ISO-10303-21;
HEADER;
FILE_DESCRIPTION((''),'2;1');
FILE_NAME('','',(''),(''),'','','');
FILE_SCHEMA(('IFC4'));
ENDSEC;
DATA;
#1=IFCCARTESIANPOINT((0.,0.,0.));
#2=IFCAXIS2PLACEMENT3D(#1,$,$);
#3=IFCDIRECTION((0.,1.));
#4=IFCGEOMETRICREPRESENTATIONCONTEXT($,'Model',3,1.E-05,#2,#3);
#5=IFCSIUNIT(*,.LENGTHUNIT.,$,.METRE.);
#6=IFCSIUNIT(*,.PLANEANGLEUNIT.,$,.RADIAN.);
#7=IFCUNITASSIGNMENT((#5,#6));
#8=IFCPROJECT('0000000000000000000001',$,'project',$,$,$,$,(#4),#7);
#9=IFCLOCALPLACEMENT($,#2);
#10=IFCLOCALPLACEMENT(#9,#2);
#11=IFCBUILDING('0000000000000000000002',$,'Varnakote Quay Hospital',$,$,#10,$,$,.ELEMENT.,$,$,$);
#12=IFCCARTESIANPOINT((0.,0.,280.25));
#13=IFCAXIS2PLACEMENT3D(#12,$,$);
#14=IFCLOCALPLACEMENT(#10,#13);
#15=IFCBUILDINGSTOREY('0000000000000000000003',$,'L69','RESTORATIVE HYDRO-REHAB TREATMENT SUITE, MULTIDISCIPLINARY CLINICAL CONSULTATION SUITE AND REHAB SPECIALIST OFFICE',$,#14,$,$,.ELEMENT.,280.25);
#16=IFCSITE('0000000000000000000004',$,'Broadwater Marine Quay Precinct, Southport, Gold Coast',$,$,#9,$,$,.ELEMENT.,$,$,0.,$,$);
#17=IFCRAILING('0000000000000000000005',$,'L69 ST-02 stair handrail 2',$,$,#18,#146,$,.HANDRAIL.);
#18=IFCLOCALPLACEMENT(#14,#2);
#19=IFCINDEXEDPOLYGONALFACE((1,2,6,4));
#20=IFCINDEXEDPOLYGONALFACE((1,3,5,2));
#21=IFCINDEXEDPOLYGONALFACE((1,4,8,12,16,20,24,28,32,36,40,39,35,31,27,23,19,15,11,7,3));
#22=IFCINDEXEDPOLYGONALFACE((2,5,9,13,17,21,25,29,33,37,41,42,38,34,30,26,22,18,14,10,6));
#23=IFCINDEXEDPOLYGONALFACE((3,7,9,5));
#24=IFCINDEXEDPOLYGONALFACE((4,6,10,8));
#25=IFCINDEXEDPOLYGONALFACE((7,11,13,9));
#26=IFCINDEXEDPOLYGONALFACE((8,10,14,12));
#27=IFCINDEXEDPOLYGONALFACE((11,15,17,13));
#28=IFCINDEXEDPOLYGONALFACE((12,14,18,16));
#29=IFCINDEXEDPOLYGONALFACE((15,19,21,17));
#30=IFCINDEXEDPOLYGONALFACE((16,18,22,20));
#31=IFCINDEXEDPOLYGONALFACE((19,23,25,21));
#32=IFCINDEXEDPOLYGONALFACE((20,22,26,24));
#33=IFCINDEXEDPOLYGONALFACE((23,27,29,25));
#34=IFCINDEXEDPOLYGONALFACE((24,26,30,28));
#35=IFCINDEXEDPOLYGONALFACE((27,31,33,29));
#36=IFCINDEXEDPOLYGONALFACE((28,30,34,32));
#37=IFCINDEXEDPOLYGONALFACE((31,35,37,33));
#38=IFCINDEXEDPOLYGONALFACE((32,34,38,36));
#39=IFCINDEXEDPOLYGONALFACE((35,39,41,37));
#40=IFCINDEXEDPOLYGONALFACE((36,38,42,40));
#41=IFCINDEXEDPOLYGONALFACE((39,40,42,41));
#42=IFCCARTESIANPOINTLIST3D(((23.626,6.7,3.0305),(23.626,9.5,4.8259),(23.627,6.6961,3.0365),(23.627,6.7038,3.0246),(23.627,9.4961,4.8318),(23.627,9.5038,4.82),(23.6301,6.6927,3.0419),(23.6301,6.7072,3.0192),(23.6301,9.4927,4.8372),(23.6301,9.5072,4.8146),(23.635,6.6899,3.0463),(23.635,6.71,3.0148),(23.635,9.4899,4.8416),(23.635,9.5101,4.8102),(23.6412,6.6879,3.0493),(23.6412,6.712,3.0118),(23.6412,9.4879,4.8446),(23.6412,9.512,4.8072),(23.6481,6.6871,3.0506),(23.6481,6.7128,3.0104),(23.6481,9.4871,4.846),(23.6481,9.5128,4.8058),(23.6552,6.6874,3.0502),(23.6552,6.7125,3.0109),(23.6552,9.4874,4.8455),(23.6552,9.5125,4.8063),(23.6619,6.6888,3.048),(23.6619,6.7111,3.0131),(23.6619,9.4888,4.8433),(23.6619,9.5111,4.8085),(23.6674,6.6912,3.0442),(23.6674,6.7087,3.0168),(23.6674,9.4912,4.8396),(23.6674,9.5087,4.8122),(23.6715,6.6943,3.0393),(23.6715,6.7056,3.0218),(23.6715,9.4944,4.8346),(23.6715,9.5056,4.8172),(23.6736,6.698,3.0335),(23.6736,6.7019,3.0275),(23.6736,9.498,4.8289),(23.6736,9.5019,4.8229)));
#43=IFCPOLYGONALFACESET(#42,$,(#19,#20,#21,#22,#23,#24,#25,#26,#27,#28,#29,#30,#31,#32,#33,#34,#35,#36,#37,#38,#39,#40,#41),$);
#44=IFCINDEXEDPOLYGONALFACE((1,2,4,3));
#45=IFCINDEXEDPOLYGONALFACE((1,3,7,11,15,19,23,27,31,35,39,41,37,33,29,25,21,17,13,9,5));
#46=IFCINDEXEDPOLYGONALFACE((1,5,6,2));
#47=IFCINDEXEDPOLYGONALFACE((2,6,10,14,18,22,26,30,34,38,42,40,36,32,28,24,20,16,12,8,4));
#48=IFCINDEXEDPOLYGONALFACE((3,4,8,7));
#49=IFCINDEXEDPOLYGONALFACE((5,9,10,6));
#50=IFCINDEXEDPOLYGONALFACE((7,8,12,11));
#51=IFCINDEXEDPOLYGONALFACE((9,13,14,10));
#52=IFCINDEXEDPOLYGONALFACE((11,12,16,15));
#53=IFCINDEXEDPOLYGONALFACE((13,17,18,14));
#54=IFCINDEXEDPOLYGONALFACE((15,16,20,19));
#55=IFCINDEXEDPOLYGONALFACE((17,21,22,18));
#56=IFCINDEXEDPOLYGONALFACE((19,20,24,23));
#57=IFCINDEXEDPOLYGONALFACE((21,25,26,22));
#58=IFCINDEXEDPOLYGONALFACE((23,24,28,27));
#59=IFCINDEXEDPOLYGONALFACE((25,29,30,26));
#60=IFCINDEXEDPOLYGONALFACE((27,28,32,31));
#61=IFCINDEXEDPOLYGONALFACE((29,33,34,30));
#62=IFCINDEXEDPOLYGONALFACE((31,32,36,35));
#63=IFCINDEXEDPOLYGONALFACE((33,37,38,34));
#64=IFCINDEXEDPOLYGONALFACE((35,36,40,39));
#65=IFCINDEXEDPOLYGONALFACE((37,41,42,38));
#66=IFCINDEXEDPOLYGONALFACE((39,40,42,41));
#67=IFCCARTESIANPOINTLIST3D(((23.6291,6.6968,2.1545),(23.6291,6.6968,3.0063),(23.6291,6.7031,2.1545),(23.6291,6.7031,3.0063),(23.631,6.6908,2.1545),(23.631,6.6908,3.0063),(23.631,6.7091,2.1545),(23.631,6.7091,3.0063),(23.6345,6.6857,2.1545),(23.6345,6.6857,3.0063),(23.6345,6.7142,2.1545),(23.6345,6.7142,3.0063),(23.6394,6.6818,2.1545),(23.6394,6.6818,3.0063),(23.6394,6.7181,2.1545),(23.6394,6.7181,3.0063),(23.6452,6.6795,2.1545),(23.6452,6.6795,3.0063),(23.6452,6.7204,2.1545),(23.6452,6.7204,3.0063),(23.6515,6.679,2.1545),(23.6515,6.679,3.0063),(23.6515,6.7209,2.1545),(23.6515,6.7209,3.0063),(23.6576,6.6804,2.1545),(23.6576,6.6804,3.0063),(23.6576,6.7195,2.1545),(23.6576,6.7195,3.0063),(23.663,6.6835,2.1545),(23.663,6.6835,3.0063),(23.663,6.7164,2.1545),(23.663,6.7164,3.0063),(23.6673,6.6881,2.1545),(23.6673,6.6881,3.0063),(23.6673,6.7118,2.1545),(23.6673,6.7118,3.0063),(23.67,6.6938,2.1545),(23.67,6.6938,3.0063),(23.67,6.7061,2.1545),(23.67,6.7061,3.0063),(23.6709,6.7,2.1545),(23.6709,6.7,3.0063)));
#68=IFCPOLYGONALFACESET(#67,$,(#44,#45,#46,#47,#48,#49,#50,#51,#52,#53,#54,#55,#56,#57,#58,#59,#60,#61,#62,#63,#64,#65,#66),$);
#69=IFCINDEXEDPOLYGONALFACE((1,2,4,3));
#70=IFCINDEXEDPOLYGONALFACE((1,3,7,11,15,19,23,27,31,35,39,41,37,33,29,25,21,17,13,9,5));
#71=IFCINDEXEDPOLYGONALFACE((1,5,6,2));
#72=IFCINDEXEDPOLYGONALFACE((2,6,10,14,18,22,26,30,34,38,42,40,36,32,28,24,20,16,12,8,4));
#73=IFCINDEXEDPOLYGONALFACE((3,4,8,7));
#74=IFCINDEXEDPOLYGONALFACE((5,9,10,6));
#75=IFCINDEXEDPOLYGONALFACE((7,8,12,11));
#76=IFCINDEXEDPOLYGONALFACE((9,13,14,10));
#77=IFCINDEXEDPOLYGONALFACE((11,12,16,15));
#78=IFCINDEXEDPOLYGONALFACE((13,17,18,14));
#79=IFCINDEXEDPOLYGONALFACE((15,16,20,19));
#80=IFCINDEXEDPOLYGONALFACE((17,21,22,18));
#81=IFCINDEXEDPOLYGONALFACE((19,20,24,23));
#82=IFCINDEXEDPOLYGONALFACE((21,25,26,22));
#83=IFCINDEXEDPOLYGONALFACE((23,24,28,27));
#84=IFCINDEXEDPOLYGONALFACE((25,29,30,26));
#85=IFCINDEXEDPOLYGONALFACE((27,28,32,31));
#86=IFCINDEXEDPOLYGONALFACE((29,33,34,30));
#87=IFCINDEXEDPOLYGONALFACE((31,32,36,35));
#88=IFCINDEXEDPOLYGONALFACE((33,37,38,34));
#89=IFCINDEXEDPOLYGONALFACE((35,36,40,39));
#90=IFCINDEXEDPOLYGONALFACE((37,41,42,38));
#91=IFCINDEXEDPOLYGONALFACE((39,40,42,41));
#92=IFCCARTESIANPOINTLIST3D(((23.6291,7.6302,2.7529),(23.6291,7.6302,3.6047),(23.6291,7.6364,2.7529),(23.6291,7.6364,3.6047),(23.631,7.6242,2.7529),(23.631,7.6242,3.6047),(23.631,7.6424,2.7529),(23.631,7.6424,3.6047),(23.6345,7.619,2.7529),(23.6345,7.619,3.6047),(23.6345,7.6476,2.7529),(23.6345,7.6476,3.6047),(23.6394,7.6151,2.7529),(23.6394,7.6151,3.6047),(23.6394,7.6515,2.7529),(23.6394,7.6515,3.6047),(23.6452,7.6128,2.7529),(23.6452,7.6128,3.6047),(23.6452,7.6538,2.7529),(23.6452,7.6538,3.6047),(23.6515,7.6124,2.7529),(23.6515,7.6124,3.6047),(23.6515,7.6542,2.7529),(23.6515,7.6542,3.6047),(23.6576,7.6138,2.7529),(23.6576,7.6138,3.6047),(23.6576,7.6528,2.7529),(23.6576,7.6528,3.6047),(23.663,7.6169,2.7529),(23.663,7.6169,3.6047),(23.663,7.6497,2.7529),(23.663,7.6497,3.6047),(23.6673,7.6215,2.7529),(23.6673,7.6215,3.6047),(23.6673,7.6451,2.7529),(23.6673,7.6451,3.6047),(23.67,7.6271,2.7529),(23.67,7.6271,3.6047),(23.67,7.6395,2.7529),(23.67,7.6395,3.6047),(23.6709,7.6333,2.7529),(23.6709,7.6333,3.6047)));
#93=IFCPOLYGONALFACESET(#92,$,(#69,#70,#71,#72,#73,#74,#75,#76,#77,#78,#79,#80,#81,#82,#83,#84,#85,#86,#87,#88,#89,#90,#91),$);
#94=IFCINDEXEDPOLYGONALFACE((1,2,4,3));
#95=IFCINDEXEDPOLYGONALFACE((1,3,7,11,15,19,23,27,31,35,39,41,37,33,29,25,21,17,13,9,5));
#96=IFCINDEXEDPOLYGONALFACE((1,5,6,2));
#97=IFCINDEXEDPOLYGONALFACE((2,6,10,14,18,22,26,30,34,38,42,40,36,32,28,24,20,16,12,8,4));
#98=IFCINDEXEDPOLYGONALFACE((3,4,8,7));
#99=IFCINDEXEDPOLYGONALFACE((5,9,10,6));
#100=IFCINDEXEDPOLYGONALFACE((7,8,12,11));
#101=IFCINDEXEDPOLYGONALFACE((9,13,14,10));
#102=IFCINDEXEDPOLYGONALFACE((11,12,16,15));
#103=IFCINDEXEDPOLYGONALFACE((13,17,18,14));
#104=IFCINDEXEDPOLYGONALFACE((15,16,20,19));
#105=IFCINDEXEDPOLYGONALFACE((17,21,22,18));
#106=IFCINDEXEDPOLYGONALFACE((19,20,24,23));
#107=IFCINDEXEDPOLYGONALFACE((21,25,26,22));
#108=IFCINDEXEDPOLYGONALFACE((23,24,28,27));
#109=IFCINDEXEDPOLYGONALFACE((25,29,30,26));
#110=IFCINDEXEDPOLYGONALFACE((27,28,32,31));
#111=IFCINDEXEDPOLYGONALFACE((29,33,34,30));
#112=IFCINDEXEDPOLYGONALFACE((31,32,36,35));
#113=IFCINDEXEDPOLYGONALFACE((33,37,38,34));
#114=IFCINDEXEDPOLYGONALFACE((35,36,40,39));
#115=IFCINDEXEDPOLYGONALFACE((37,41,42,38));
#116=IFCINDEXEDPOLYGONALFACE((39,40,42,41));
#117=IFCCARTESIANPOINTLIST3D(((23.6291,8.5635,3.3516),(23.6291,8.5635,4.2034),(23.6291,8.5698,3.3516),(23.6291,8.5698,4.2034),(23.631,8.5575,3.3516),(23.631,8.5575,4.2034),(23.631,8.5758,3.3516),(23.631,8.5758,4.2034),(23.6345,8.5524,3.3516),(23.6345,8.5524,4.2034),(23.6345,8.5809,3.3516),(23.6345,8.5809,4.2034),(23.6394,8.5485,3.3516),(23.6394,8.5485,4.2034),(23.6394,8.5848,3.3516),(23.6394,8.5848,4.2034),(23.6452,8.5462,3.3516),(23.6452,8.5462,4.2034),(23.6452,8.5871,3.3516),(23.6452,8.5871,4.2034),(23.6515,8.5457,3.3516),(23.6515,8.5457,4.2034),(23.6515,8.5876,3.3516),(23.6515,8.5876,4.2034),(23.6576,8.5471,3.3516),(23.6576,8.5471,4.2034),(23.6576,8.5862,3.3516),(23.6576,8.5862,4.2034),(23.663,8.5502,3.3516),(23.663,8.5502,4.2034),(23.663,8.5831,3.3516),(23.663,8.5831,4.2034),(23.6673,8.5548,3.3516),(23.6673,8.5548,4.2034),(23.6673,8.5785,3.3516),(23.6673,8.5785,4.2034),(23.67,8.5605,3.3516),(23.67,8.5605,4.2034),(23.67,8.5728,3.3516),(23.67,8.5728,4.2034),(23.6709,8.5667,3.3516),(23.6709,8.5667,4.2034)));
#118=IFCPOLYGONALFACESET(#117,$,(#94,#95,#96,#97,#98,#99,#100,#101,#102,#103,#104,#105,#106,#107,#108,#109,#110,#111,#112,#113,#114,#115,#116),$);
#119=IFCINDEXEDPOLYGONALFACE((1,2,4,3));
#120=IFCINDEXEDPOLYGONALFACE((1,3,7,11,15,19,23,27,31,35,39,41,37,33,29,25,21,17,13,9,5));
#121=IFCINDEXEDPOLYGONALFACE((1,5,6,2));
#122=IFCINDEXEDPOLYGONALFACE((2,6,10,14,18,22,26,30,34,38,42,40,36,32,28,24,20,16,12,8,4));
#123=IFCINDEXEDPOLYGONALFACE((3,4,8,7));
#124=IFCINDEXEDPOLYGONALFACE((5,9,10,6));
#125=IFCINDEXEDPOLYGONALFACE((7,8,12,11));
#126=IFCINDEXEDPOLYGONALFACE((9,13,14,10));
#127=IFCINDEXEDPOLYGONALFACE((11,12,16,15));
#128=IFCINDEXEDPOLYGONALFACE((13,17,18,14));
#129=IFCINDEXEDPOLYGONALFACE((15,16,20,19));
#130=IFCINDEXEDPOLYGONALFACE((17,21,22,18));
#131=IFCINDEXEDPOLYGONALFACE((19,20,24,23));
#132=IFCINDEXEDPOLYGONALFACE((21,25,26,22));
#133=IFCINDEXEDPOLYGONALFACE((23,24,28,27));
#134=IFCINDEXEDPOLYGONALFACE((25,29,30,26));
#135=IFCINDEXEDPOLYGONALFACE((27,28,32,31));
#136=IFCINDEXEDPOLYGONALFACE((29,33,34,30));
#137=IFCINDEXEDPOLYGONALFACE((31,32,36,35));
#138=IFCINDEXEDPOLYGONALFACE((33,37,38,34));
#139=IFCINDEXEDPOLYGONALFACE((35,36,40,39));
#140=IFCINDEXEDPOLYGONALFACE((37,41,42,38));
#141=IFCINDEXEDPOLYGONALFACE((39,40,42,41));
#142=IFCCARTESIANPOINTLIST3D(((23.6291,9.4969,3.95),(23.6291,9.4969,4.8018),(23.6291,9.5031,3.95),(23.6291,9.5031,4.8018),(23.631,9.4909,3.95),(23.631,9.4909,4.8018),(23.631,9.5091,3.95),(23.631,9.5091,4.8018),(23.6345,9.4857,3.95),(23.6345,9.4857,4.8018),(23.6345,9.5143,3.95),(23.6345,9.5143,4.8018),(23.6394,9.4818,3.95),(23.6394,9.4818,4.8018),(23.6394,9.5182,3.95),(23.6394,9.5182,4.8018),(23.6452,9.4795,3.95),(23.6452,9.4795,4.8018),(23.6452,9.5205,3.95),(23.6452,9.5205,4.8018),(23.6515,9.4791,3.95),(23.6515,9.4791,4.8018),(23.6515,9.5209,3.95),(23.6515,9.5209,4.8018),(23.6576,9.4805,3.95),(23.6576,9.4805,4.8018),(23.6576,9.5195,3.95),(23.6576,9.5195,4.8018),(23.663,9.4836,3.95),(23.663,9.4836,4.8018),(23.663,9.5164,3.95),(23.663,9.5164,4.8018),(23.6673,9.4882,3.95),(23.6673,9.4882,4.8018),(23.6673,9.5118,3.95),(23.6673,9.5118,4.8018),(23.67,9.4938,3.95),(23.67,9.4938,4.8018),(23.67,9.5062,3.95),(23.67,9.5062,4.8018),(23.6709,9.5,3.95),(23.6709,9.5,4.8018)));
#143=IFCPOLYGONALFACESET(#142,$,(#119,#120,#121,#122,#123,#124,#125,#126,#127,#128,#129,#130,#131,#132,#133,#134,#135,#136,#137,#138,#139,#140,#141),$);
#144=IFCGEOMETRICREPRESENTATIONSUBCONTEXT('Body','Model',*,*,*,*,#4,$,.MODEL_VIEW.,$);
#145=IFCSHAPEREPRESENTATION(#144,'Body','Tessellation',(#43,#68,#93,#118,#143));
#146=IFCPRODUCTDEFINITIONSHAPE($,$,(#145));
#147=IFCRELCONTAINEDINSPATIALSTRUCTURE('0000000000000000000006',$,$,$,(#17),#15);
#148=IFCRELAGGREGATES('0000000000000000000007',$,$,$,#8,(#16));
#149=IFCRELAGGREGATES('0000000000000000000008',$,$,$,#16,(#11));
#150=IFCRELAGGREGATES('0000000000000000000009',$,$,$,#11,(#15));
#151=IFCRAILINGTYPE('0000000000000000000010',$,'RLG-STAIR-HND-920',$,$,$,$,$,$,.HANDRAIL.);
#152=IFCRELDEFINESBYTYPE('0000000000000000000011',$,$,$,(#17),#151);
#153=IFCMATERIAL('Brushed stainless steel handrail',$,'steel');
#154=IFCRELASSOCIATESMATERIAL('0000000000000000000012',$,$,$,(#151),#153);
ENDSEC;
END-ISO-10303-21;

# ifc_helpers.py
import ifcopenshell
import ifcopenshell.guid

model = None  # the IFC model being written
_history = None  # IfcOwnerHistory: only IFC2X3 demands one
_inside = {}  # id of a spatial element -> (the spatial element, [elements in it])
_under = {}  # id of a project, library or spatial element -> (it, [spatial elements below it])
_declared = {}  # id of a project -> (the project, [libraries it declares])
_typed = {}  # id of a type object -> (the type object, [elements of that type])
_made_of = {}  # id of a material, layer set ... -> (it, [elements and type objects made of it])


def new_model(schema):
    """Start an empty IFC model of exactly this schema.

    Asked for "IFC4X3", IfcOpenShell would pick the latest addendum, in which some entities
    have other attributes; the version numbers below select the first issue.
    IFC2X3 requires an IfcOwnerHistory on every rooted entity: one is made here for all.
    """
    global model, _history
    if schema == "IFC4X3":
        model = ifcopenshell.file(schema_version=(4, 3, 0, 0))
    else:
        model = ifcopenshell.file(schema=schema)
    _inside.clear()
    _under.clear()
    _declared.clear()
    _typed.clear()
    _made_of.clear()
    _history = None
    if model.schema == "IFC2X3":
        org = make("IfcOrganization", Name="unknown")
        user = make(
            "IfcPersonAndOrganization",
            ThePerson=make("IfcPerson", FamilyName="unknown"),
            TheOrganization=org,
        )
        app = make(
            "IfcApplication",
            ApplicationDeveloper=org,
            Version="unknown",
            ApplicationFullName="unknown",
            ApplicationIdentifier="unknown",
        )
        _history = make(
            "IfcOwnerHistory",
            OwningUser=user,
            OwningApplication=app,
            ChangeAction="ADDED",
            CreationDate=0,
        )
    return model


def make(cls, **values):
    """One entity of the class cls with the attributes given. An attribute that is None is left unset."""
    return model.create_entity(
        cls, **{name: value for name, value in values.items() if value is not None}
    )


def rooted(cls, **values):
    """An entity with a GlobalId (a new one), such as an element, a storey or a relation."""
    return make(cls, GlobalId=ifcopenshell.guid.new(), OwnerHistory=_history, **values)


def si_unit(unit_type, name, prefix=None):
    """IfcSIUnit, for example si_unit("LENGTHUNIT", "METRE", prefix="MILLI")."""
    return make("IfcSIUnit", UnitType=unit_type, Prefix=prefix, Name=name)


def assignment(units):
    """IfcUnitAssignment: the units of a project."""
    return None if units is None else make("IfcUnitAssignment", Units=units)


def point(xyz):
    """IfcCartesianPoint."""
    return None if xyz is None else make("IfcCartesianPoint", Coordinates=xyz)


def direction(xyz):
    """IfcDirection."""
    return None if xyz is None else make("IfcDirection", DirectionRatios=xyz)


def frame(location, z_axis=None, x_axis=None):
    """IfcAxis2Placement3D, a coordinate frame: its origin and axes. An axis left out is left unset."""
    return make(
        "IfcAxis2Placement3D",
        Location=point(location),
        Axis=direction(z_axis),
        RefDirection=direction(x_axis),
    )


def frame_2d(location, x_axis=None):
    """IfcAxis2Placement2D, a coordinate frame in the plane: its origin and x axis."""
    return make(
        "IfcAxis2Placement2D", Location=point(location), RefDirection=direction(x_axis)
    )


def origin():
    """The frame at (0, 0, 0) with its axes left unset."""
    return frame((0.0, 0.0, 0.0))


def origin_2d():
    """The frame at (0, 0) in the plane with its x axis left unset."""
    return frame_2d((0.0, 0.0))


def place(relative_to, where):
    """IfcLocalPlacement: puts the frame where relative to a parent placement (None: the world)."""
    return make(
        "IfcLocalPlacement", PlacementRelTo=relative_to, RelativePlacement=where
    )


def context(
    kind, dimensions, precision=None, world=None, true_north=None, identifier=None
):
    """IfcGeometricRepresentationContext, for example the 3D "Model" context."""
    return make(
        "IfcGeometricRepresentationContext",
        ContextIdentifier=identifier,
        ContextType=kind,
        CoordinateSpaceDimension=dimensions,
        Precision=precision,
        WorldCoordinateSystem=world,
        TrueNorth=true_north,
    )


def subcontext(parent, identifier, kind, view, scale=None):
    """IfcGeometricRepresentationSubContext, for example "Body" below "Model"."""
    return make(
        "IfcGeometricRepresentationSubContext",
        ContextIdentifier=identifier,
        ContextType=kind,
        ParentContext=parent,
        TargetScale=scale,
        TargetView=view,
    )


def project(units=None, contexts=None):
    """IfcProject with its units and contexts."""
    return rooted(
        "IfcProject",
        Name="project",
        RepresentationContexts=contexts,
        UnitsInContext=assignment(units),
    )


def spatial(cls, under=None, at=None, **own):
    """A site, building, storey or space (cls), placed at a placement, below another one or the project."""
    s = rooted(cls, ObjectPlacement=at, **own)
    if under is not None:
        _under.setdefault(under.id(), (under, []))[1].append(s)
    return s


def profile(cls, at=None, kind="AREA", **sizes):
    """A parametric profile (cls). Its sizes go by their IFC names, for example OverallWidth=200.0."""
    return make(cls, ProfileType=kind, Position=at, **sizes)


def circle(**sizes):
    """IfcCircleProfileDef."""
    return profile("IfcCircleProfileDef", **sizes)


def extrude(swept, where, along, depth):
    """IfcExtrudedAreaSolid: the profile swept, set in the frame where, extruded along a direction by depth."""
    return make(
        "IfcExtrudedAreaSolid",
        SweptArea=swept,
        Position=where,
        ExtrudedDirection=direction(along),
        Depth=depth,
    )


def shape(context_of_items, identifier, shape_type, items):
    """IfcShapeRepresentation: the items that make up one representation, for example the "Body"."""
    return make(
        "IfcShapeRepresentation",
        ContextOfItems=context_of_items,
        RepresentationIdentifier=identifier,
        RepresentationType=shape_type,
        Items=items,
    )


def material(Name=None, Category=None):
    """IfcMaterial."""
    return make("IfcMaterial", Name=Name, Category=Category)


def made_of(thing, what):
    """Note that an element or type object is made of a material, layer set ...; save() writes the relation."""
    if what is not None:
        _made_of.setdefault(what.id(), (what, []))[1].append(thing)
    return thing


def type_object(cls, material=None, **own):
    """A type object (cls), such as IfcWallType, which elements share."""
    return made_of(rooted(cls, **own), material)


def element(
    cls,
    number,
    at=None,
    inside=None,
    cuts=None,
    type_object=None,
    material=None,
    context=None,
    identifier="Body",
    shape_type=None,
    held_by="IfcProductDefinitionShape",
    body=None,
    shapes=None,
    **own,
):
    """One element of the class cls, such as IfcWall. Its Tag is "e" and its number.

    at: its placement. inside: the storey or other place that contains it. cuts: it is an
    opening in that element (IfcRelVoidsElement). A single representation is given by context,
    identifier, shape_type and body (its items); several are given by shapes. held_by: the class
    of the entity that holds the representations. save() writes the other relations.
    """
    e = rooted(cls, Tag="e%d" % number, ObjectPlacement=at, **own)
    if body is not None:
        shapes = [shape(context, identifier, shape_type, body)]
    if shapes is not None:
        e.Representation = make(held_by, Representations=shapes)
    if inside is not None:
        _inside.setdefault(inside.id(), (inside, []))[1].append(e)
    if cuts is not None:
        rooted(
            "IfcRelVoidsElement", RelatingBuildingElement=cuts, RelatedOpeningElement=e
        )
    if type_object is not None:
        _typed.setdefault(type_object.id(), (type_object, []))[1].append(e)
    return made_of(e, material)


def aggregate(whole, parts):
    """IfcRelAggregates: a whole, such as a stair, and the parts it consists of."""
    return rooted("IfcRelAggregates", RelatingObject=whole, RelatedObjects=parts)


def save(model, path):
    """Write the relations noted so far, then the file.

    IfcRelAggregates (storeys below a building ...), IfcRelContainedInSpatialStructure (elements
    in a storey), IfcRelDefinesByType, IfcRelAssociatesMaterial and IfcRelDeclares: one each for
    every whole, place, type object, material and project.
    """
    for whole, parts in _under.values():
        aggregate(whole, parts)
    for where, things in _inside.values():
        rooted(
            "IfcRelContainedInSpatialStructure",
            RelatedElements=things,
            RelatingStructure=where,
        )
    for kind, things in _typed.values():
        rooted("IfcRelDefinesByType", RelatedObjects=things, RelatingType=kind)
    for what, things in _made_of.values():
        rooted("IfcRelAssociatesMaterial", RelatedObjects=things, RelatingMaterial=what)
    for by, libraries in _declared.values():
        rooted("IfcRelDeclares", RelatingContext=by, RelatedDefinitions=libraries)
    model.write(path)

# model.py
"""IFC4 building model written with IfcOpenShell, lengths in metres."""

from ifc_helpers import new_model, si_unit, direction, frame, origin, origin_2d, place, context, subcontext, project, spatial, circle, extrude, material, type_object, element, save


model = new_model("IFC4")

# Units and contexts
model_context = context("Model", 3, precision=1e-05, world=origin(), true_north=direction((0.0, 1.0)))
body_context = subcontext(model_context, "Body", "Model", "MODEL_VIEW")
ifc_project = project(units=[si_unit("LENGTHUNIT", "METRE"), si_unit("PLANEANGLEUNIT", "RADIAN")], contexts=[model_context])

# Site, building, storey
site_placement = place(None, origin())
site = spatial("IfcSite", under=ifc_project, at=site_placement, Name="Broadwater Marine Quay Precinct, Southport, Gold Coast", CompositionType="ELEMENT", RefElevation=0.0)
building_placement = place(site_placement, origin())
building = spatial("IfcBuilding", under=site, at=building_placement, Name="Varnakote Quay Hospital", CompositionType="ELEMENT")
storey_placement = place(building_placement, frame((0.0, 0.0, 280.25)))
storey = spatial("IfcBuildingStorey", under=building, at=storey_placement, Name="L69", Description="RESTORATIVE HYDRO-REHAB TREATMENT SUITE, MULTIDISCIPLINARY CLINICAL CONSULTATION SUITE AND REHAB SPECIALIST OFFICE", CompositionType="ELEMENT", Elevation=280.25)

# Railing
ifc_material_1 = material(Name="Brushed stainless steel handrail", Category="steel")
railing_type_1 = type_object("IfcRailingType", Name="RLG-STAIR-HND-920", PredefinedType="HANDRAIL", material=ifc_material_1)
railing_1_placement = place(storey_placement, frame((23.6499, 6.7, 2.1545)))
element("IfcRailing", 1, at=railing_1_placement, inside=storey, type_object=railing_type_1, Name="L69 ST-02 stair handrail 2", PredefinedType="HANDRAIL", context=body_context, shape_type="SweptSolid", body=[
    extrude(circle(Radius=0.0239, at=origin_2d()), frame((0.0, 0.0, 0.876), z_axis=(0.0, 0.84181, 0.539774), x_axis=(-1.0, 0.0, 0.0)), (0.0, 0.0, 1.0), 3.3262),
    extrude(circle(Radius=0.021, at=origin_2d()), origin(), (0.0, 0.0, 1.0), 0.8518),
    extrude(circle(Radius=0.021, at=origin_2d()), frame((0.0, 0.9333, 0.5984)), (0.0, 0.0, 1.0), 0.8518),
    extrude(circle(Radius=0.021, at=origin_2d()), frame((0.0, 1.8667, 1.197)), (0.0, 0.0, 1.0), 0.8518),
    extrude(circle(Radius=0.021, at=origin_2d()), frame((0.0, 2.8, 1.7954)), (0.0, 0.0, 1.0), 0.8518),
])

save(model, "model.ifc")
